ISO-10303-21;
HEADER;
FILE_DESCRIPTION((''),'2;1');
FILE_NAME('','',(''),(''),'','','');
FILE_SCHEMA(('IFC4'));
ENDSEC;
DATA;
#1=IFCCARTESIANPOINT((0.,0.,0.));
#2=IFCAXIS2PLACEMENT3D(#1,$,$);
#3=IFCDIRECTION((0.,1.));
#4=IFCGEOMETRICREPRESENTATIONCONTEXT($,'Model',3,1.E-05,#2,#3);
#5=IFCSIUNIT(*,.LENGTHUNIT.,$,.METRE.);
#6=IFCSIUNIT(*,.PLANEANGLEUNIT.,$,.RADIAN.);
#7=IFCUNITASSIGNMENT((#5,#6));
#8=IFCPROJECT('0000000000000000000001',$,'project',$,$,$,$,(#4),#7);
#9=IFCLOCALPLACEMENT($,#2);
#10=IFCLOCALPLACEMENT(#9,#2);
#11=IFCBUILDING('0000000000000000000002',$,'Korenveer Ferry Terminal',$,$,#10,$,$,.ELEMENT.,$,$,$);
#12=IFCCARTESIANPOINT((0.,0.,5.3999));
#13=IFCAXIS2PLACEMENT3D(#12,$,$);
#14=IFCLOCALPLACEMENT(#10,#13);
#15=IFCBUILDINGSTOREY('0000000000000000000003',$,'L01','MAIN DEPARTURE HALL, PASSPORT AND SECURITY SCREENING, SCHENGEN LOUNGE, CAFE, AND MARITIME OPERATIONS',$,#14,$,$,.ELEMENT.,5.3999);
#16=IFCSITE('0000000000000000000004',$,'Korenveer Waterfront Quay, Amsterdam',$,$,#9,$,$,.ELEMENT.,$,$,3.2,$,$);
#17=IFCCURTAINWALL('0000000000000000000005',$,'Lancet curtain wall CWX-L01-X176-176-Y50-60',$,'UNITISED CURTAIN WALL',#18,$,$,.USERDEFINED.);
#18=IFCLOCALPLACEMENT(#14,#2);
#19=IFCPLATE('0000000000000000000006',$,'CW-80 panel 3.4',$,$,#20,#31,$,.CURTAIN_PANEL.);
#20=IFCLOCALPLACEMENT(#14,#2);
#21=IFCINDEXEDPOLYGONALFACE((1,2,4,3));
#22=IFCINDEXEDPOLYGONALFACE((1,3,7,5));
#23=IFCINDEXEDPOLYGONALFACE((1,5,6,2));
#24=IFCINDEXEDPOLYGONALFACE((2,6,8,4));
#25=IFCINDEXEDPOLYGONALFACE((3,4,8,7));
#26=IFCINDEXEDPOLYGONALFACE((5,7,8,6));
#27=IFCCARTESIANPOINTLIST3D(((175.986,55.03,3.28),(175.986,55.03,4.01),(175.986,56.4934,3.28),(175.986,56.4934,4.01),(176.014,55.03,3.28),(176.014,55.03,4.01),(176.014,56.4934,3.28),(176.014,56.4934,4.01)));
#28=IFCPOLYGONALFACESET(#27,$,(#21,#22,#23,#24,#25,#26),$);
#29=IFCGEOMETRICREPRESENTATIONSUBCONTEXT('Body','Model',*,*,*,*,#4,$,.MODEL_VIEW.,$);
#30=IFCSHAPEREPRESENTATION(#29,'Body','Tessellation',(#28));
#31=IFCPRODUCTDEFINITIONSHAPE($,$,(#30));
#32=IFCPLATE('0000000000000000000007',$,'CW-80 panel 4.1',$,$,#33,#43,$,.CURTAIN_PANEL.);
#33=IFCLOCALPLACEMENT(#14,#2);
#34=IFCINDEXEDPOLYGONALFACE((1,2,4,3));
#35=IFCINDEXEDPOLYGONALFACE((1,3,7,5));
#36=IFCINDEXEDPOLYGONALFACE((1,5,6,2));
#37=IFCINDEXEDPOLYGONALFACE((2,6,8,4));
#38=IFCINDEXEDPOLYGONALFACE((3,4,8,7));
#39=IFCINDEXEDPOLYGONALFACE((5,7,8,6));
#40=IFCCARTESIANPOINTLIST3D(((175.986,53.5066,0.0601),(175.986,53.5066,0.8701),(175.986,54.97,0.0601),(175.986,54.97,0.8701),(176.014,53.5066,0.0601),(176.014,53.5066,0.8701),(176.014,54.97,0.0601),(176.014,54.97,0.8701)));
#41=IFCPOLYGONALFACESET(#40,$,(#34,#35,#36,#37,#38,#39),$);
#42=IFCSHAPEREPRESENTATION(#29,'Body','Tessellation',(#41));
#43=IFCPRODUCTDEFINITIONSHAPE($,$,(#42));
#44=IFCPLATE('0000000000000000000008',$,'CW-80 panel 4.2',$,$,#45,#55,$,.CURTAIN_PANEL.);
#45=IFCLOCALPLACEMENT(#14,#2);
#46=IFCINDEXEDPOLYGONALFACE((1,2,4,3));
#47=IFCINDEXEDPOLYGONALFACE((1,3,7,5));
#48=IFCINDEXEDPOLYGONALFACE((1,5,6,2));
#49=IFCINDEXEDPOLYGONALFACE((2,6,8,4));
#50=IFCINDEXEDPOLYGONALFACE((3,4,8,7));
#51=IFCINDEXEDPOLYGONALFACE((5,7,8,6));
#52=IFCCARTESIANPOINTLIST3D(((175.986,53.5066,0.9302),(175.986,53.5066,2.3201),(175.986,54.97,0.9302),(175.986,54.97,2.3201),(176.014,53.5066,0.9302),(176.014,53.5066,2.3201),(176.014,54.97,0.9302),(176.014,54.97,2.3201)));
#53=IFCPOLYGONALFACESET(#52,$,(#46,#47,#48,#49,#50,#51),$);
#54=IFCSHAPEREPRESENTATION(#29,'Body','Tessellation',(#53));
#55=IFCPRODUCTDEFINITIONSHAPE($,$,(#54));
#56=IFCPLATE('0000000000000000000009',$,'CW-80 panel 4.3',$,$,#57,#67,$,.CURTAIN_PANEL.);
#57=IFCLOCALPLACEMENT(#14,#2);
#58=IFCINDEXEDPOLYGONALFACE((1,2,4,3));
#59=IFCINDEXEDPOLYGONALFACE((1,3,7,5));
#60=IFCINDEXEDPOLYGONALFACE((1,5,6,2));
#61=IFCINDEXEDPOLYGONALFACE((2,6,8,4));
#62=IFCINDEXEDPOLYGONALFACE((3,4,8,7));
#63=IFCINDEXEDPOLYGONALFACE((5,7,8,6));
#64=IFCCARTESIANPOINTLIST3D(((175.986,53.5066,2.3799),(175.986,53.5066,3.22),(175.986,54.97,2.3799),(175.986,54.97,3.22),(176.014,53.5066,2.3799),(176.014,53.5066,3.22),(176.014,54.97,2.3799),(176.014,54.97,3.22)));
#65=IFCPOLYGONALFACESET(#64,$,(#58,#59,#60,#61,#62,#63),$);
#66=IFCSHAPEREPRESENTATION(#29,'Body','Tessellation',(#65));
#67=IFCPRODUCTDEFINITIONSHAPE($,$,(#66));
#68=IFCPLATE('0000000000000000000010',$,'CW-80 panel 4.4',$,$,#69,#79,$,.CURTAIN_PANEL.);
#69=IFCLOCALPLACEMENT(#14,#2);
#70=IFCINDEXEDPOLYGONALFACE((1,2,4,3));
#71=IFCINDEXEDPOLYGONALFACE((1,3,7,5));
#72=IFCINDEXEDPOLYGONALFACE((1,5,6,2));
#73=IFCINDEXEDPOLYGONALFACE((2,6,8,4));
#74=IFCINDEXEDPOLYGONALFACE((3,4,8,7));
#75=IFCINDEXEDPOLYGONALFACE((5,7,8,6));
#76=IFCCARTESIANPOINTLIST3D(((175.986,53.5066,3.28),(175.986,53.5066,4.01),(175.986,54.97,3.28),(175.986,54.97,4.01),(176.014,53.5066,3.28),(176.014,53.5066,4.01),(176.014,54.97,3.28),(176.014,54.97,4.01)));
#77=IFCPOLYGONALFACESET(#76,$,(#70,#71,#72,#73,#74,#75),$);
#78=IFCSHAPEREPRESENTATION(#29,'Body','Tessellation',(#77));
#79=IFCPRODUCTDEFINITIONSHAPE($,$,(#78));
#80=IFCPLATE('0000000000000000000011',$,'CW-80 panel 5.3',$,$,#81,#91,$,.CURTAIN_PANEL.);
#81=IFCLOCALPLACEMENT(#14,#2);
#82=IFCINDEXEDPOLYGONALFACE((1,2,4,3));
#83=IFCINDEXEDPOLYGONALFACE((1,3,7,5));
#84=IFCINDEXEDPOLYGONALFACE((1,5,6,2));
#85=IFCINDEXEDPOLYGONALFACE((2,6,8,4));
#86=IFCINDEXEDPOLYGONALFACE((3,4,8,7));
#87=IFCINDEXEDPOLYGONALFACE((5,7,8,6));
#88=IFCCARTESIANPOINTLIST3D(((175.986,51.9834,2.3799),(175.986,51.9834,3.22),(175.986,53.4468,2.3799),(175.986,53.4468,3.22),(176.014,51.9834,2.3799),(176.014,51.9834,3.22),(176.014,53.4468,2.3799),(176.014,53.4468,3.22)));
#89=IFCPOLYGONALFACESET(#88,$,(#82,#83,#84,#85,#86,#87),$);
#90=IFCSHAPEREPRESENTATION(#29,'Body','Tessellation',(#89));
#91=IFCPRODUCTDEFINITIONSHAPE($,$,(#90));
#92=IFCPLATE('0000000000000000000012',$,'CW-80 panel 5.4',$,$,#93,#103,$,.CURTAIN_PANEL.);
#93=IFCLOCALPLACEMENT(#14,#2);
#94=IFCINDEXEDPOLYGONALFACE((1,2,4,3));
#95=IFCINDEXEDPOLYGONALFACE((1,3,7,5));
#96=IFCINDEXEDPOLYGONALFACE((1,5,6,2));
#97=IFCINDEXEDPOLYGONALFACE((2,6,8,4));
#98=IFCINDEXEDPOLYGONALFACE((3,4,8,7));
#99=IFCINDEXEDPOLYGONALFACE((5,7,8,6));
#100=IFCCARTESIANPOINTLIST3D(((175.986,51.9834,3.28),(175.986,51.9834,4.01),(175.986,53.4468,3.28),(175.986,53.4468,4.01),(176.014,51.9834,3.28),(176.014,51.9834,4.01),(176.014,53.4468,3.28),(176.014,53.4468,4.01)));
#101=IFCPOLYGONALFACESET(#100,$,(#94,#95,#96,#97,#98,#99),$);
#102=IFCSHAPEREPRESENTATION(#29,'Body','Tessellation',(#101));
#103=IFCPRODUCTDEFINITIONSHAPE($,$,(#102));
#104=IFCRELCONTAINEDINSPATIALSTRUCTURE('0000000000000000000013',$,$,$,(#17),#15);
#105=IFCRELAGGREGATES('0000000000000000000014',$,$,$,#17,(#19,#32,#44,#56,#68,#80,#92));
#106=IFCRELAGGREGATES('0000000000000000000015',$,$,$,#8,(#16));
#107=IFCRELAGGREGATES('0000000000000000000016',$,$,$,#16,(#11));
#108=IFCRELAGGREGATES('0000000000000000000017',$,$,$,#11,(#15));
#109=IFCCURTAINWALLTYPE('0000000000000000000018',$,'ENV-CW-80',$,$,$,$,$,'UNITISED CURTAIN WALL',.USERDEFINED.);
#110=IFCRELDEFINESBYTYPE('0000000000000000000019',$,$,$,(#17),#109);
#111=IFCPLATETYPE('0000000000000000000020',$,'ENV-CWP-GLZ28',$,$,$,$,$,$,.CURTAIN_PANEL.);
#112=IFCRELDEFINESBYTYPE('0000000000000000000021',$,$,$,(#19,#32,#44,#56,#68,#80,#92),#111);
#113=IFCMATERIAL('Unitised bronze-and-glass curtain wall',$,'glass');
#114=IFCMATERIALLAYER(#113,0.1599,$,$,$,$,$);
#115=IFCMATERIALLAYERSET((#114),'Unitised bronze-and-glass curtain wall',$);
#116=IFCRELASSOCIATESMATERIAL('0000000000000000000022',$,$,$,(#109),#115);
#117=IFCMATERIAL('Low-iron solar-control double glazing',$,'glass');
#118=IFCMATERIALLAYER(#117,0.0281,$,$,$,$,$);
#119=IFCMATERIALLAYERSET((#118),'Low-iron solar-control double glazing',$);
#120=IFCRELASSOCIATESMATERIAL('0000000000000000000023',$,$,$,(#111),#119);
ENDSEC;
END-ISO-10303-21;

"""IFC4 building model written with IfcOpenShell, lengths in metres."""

from ifc_helpers import new_model, si_unit, direction, frame, origin, origin_2d, place, context, subcontext, project, spatial, rectangle, extrude, material, layer, layer_set, type_object, element, aggregate, save


model = new_model("IFC4")

# Units and contexts
model_context = context("Model", 3, precision=1e-05, world=origin(), true_north=direction((0.0, 1.0)))
body_context = subcontext(model_context, "Body", "Model", "MODEL_VIEW")
ifc_project = project(units=[si_unit("LENGTHUNIT", "METRE"), si_unit("PLANEANGLEUNIT", "RADIAN")], contexts=[model_context])

# Site, building, storey
site_placement = place(None, origin())
site = spatial("IfcSite", under=ifc_project, at=site_placement, Name="Korenveer Waterfront Quay, Amsterdam", CompositionType="ELEMENT", RefElevation=3.2)
building_placement = place(site_placement, origin())
building = spatial("IfcBuilding", under=site, at=building_placement, Name="Korenveer Ferry Terminal", CompositionType="ELEMENT")
storey_placement = place(building_placement, frame((0.0, 0.0, 5.3999)))
storey = spatial("IfcBuildingStorey", under=building, at=storey_placement, Name="L01", Description="MAIN DEPARTURE HALL, PASSPORT AND SECURITY SCREENING, SCHENGEN LOUNGE, CAFE, AND MARITIME OPERATIONS", CompositionType="ELEMENT", Elevation=5.3999)

# Curtain wall, plates
ifc_material_1 = material(Name="Unitised bronze-and-glass curtain wall", Category="glass")
ifc_layer_1 = layer(ifc_material_1, 0.1599)
ifc_layer_set_1 = layer_set([ifc_layer_1], Name="Unitised bronze-and-glass curtain wall")
curtain_wall_type = type_object("IfcCurtainWallType", Name="ENV-CW-80", ElementType="UNITISED CURTAIN WALL", PredefinedType="USERDEFINED", material=ifc_layer_set_1)
curtain_wall_placement = place(storey_placement, frame((176.0, 59.5701, 0.0)))
curtain_wall = element("IfcCurtainWall", 1, at=curtain_wall_placement, inside=storey, type_object=curtain_wall_type, Name="Lancet curtain wall CWX-L01-X176-176-Y50-60", ObjectType="UNITISED CURTAIN WALL", PredefinedType="USERDEFINED")
ifc_material_2 = material(Name="Low-iron solar-control double glazing", Category="glass")
ifc_layer_2 = layer(ifc_material_2, 0.0281)
ifc_layer_set_2 = layer_set([ifc_layer_2], Name="Low-iron solar-control double glazing")
plate_type = type_object("IfcPlateType", Name="ENV-CWP-GLZ28", PredefinedType="CURTAIN_PANEL", material=ifc_layer_set_2)
plate_1_placement = place(storey_placement, frame((176.0, 55.7617, 3.28), z_axis=(0.0, 0.0, 1.0), x_axis=(0.0, -1.0, 0.0)))
plate_1 = element("IfcPlate", 2, at=plate_1_placement, type_object=plate_type, Name="CW-80 panel 3.4", PredefinedType="CURTAIN_PANEL", context=body_context, shape_type="SweptSolid", body=[
    extrude(rectangle(XDim=1.4634, YDim=0.0281, at=origin_2d()), origin(), (0.0, 0.0, 1.0), 0.73),
])
plate_2_placement = place(storey_placement, frame((176.0, 54.2383, 0.0601), z_axis=(0.0, 0.0, 1.0), x_axis=(0.0, -1.0, 0.0)))
plate_2 = element("IfcPlate", 3, at=plate_2_placement, type_object=plate_type, Name="CW-80 panel 4.1", PredefinedType="CURTAIN_PANEL", context=body_context, shape_type="SweptSolid", body=[
    extrude(rectangle(XDim=1.4634, YDim=0.0281, at=origin_2d()), origin(), (0.0, 0.0, 1.0), 0.8101),
])
plate_3_placement = place(storey_placement, frame((176.0, 54.2383, 0.9302), z_axis=(0.0, 0.0, 1.0), x_axis=(0.0, -1.0, 0.0)))
plate_3 = element("IfcPlate", 4, at=plate_3_placement, type_object=plate_type, Name="CW-80 panel 4.2", PredefinedType="CURTAIN_PANEL", context=body_context, shape_type="SweptSolid", body=[
    extrude(rectangle(XDim=1.4634, YDim=0.0281, at=origin_2d()), origin(), (0.0, 0.0, 1.0), 1.3899),
])
plate_4_placement = place(storey_placement, frame((176.0, 54.2383, 2.3799), z_axis=(0.0, 0.0, 1.0), x_axis=(0.0, -1.0, 0.0)))
plate_4 = element("IfcPlate", 5, at=plate_4_placement, type_object=plate_type, Name="CW-80 panel 4.3", PredefinedType="CURTAIN_PANEL", context=body_context, shape_type="SweptSolid", body=[
    extrude(rectangle(XDim=1.4634, YDim=0.0281, at=origin_2d()), origin(), (0.0, 0.0, 1.0), 0.8401),
])
plate_5_placement = place(storey_placement, frame((176.0, 54.2383, 3.28), z_axis=(0.0, 0.0, 1.0), x_axis=(0.0, -1.0, 0.0)))
plate_5 = element("IfcPlate", 6, at=plate_5_placement, type_object=plate_type, Name="CW-80 panel 4.4", PredefinedType="CURTAIN_PANEL", context=body_context, shape_type="SweptSolid", body=[
    extrude(rectangle(XDim=1.4634, YDim=0.0281, at=origin_2d()), origin(), (0.0, 0.0, 1.0), 0.73),
])
plate_6_placement = place(storey_placement, frame((176.0, 52.7151, 2.3799), z_axis=(0.0, 0.0, 1.0), x_axis=(0.0, -1.0, 0.0)))
plate_6 = element("IfcPlate", 7, at=plate_6_placement, type_object=plate_type, Name="CW-80 panel 5.3", PredefinedType="CURTAIN_PANEL", context=body_context, shape_type="SweptSolid", body=[
    extrude(rectangle(XDim=1.4634, YDim=0.0281, at=origin_2d()), origin(), (0.0, 0.0, 1.0), 0.8401),
])
plate_7_placement = place(storey_placement, frame((176.0, 52.7151, 3.28), z_axis=(0.0, 0.0, 1.0), x_axis=(0.0, -1.0, 0.0)))
plate_7 = element("IfcPlate", 8, at=plate_7_placement, type_object=plate_type, Name="CW-80 panel 5.4", PredefinedType="CURTAIN_PANEL", context=body_context, shape_type="SweptSolid", body=[
    extrude(rectangle(XDim=1.4634, YDim=0.0281, at=origin_2d()), origin(), (0.0, 0.0, 1.0), 0.73),
])
aggregate(curtain_wall, [plate_1, plate_2, plate_3, plate_4, plate_5, plate_6, plate_7])

save(model, "model.ifc")
